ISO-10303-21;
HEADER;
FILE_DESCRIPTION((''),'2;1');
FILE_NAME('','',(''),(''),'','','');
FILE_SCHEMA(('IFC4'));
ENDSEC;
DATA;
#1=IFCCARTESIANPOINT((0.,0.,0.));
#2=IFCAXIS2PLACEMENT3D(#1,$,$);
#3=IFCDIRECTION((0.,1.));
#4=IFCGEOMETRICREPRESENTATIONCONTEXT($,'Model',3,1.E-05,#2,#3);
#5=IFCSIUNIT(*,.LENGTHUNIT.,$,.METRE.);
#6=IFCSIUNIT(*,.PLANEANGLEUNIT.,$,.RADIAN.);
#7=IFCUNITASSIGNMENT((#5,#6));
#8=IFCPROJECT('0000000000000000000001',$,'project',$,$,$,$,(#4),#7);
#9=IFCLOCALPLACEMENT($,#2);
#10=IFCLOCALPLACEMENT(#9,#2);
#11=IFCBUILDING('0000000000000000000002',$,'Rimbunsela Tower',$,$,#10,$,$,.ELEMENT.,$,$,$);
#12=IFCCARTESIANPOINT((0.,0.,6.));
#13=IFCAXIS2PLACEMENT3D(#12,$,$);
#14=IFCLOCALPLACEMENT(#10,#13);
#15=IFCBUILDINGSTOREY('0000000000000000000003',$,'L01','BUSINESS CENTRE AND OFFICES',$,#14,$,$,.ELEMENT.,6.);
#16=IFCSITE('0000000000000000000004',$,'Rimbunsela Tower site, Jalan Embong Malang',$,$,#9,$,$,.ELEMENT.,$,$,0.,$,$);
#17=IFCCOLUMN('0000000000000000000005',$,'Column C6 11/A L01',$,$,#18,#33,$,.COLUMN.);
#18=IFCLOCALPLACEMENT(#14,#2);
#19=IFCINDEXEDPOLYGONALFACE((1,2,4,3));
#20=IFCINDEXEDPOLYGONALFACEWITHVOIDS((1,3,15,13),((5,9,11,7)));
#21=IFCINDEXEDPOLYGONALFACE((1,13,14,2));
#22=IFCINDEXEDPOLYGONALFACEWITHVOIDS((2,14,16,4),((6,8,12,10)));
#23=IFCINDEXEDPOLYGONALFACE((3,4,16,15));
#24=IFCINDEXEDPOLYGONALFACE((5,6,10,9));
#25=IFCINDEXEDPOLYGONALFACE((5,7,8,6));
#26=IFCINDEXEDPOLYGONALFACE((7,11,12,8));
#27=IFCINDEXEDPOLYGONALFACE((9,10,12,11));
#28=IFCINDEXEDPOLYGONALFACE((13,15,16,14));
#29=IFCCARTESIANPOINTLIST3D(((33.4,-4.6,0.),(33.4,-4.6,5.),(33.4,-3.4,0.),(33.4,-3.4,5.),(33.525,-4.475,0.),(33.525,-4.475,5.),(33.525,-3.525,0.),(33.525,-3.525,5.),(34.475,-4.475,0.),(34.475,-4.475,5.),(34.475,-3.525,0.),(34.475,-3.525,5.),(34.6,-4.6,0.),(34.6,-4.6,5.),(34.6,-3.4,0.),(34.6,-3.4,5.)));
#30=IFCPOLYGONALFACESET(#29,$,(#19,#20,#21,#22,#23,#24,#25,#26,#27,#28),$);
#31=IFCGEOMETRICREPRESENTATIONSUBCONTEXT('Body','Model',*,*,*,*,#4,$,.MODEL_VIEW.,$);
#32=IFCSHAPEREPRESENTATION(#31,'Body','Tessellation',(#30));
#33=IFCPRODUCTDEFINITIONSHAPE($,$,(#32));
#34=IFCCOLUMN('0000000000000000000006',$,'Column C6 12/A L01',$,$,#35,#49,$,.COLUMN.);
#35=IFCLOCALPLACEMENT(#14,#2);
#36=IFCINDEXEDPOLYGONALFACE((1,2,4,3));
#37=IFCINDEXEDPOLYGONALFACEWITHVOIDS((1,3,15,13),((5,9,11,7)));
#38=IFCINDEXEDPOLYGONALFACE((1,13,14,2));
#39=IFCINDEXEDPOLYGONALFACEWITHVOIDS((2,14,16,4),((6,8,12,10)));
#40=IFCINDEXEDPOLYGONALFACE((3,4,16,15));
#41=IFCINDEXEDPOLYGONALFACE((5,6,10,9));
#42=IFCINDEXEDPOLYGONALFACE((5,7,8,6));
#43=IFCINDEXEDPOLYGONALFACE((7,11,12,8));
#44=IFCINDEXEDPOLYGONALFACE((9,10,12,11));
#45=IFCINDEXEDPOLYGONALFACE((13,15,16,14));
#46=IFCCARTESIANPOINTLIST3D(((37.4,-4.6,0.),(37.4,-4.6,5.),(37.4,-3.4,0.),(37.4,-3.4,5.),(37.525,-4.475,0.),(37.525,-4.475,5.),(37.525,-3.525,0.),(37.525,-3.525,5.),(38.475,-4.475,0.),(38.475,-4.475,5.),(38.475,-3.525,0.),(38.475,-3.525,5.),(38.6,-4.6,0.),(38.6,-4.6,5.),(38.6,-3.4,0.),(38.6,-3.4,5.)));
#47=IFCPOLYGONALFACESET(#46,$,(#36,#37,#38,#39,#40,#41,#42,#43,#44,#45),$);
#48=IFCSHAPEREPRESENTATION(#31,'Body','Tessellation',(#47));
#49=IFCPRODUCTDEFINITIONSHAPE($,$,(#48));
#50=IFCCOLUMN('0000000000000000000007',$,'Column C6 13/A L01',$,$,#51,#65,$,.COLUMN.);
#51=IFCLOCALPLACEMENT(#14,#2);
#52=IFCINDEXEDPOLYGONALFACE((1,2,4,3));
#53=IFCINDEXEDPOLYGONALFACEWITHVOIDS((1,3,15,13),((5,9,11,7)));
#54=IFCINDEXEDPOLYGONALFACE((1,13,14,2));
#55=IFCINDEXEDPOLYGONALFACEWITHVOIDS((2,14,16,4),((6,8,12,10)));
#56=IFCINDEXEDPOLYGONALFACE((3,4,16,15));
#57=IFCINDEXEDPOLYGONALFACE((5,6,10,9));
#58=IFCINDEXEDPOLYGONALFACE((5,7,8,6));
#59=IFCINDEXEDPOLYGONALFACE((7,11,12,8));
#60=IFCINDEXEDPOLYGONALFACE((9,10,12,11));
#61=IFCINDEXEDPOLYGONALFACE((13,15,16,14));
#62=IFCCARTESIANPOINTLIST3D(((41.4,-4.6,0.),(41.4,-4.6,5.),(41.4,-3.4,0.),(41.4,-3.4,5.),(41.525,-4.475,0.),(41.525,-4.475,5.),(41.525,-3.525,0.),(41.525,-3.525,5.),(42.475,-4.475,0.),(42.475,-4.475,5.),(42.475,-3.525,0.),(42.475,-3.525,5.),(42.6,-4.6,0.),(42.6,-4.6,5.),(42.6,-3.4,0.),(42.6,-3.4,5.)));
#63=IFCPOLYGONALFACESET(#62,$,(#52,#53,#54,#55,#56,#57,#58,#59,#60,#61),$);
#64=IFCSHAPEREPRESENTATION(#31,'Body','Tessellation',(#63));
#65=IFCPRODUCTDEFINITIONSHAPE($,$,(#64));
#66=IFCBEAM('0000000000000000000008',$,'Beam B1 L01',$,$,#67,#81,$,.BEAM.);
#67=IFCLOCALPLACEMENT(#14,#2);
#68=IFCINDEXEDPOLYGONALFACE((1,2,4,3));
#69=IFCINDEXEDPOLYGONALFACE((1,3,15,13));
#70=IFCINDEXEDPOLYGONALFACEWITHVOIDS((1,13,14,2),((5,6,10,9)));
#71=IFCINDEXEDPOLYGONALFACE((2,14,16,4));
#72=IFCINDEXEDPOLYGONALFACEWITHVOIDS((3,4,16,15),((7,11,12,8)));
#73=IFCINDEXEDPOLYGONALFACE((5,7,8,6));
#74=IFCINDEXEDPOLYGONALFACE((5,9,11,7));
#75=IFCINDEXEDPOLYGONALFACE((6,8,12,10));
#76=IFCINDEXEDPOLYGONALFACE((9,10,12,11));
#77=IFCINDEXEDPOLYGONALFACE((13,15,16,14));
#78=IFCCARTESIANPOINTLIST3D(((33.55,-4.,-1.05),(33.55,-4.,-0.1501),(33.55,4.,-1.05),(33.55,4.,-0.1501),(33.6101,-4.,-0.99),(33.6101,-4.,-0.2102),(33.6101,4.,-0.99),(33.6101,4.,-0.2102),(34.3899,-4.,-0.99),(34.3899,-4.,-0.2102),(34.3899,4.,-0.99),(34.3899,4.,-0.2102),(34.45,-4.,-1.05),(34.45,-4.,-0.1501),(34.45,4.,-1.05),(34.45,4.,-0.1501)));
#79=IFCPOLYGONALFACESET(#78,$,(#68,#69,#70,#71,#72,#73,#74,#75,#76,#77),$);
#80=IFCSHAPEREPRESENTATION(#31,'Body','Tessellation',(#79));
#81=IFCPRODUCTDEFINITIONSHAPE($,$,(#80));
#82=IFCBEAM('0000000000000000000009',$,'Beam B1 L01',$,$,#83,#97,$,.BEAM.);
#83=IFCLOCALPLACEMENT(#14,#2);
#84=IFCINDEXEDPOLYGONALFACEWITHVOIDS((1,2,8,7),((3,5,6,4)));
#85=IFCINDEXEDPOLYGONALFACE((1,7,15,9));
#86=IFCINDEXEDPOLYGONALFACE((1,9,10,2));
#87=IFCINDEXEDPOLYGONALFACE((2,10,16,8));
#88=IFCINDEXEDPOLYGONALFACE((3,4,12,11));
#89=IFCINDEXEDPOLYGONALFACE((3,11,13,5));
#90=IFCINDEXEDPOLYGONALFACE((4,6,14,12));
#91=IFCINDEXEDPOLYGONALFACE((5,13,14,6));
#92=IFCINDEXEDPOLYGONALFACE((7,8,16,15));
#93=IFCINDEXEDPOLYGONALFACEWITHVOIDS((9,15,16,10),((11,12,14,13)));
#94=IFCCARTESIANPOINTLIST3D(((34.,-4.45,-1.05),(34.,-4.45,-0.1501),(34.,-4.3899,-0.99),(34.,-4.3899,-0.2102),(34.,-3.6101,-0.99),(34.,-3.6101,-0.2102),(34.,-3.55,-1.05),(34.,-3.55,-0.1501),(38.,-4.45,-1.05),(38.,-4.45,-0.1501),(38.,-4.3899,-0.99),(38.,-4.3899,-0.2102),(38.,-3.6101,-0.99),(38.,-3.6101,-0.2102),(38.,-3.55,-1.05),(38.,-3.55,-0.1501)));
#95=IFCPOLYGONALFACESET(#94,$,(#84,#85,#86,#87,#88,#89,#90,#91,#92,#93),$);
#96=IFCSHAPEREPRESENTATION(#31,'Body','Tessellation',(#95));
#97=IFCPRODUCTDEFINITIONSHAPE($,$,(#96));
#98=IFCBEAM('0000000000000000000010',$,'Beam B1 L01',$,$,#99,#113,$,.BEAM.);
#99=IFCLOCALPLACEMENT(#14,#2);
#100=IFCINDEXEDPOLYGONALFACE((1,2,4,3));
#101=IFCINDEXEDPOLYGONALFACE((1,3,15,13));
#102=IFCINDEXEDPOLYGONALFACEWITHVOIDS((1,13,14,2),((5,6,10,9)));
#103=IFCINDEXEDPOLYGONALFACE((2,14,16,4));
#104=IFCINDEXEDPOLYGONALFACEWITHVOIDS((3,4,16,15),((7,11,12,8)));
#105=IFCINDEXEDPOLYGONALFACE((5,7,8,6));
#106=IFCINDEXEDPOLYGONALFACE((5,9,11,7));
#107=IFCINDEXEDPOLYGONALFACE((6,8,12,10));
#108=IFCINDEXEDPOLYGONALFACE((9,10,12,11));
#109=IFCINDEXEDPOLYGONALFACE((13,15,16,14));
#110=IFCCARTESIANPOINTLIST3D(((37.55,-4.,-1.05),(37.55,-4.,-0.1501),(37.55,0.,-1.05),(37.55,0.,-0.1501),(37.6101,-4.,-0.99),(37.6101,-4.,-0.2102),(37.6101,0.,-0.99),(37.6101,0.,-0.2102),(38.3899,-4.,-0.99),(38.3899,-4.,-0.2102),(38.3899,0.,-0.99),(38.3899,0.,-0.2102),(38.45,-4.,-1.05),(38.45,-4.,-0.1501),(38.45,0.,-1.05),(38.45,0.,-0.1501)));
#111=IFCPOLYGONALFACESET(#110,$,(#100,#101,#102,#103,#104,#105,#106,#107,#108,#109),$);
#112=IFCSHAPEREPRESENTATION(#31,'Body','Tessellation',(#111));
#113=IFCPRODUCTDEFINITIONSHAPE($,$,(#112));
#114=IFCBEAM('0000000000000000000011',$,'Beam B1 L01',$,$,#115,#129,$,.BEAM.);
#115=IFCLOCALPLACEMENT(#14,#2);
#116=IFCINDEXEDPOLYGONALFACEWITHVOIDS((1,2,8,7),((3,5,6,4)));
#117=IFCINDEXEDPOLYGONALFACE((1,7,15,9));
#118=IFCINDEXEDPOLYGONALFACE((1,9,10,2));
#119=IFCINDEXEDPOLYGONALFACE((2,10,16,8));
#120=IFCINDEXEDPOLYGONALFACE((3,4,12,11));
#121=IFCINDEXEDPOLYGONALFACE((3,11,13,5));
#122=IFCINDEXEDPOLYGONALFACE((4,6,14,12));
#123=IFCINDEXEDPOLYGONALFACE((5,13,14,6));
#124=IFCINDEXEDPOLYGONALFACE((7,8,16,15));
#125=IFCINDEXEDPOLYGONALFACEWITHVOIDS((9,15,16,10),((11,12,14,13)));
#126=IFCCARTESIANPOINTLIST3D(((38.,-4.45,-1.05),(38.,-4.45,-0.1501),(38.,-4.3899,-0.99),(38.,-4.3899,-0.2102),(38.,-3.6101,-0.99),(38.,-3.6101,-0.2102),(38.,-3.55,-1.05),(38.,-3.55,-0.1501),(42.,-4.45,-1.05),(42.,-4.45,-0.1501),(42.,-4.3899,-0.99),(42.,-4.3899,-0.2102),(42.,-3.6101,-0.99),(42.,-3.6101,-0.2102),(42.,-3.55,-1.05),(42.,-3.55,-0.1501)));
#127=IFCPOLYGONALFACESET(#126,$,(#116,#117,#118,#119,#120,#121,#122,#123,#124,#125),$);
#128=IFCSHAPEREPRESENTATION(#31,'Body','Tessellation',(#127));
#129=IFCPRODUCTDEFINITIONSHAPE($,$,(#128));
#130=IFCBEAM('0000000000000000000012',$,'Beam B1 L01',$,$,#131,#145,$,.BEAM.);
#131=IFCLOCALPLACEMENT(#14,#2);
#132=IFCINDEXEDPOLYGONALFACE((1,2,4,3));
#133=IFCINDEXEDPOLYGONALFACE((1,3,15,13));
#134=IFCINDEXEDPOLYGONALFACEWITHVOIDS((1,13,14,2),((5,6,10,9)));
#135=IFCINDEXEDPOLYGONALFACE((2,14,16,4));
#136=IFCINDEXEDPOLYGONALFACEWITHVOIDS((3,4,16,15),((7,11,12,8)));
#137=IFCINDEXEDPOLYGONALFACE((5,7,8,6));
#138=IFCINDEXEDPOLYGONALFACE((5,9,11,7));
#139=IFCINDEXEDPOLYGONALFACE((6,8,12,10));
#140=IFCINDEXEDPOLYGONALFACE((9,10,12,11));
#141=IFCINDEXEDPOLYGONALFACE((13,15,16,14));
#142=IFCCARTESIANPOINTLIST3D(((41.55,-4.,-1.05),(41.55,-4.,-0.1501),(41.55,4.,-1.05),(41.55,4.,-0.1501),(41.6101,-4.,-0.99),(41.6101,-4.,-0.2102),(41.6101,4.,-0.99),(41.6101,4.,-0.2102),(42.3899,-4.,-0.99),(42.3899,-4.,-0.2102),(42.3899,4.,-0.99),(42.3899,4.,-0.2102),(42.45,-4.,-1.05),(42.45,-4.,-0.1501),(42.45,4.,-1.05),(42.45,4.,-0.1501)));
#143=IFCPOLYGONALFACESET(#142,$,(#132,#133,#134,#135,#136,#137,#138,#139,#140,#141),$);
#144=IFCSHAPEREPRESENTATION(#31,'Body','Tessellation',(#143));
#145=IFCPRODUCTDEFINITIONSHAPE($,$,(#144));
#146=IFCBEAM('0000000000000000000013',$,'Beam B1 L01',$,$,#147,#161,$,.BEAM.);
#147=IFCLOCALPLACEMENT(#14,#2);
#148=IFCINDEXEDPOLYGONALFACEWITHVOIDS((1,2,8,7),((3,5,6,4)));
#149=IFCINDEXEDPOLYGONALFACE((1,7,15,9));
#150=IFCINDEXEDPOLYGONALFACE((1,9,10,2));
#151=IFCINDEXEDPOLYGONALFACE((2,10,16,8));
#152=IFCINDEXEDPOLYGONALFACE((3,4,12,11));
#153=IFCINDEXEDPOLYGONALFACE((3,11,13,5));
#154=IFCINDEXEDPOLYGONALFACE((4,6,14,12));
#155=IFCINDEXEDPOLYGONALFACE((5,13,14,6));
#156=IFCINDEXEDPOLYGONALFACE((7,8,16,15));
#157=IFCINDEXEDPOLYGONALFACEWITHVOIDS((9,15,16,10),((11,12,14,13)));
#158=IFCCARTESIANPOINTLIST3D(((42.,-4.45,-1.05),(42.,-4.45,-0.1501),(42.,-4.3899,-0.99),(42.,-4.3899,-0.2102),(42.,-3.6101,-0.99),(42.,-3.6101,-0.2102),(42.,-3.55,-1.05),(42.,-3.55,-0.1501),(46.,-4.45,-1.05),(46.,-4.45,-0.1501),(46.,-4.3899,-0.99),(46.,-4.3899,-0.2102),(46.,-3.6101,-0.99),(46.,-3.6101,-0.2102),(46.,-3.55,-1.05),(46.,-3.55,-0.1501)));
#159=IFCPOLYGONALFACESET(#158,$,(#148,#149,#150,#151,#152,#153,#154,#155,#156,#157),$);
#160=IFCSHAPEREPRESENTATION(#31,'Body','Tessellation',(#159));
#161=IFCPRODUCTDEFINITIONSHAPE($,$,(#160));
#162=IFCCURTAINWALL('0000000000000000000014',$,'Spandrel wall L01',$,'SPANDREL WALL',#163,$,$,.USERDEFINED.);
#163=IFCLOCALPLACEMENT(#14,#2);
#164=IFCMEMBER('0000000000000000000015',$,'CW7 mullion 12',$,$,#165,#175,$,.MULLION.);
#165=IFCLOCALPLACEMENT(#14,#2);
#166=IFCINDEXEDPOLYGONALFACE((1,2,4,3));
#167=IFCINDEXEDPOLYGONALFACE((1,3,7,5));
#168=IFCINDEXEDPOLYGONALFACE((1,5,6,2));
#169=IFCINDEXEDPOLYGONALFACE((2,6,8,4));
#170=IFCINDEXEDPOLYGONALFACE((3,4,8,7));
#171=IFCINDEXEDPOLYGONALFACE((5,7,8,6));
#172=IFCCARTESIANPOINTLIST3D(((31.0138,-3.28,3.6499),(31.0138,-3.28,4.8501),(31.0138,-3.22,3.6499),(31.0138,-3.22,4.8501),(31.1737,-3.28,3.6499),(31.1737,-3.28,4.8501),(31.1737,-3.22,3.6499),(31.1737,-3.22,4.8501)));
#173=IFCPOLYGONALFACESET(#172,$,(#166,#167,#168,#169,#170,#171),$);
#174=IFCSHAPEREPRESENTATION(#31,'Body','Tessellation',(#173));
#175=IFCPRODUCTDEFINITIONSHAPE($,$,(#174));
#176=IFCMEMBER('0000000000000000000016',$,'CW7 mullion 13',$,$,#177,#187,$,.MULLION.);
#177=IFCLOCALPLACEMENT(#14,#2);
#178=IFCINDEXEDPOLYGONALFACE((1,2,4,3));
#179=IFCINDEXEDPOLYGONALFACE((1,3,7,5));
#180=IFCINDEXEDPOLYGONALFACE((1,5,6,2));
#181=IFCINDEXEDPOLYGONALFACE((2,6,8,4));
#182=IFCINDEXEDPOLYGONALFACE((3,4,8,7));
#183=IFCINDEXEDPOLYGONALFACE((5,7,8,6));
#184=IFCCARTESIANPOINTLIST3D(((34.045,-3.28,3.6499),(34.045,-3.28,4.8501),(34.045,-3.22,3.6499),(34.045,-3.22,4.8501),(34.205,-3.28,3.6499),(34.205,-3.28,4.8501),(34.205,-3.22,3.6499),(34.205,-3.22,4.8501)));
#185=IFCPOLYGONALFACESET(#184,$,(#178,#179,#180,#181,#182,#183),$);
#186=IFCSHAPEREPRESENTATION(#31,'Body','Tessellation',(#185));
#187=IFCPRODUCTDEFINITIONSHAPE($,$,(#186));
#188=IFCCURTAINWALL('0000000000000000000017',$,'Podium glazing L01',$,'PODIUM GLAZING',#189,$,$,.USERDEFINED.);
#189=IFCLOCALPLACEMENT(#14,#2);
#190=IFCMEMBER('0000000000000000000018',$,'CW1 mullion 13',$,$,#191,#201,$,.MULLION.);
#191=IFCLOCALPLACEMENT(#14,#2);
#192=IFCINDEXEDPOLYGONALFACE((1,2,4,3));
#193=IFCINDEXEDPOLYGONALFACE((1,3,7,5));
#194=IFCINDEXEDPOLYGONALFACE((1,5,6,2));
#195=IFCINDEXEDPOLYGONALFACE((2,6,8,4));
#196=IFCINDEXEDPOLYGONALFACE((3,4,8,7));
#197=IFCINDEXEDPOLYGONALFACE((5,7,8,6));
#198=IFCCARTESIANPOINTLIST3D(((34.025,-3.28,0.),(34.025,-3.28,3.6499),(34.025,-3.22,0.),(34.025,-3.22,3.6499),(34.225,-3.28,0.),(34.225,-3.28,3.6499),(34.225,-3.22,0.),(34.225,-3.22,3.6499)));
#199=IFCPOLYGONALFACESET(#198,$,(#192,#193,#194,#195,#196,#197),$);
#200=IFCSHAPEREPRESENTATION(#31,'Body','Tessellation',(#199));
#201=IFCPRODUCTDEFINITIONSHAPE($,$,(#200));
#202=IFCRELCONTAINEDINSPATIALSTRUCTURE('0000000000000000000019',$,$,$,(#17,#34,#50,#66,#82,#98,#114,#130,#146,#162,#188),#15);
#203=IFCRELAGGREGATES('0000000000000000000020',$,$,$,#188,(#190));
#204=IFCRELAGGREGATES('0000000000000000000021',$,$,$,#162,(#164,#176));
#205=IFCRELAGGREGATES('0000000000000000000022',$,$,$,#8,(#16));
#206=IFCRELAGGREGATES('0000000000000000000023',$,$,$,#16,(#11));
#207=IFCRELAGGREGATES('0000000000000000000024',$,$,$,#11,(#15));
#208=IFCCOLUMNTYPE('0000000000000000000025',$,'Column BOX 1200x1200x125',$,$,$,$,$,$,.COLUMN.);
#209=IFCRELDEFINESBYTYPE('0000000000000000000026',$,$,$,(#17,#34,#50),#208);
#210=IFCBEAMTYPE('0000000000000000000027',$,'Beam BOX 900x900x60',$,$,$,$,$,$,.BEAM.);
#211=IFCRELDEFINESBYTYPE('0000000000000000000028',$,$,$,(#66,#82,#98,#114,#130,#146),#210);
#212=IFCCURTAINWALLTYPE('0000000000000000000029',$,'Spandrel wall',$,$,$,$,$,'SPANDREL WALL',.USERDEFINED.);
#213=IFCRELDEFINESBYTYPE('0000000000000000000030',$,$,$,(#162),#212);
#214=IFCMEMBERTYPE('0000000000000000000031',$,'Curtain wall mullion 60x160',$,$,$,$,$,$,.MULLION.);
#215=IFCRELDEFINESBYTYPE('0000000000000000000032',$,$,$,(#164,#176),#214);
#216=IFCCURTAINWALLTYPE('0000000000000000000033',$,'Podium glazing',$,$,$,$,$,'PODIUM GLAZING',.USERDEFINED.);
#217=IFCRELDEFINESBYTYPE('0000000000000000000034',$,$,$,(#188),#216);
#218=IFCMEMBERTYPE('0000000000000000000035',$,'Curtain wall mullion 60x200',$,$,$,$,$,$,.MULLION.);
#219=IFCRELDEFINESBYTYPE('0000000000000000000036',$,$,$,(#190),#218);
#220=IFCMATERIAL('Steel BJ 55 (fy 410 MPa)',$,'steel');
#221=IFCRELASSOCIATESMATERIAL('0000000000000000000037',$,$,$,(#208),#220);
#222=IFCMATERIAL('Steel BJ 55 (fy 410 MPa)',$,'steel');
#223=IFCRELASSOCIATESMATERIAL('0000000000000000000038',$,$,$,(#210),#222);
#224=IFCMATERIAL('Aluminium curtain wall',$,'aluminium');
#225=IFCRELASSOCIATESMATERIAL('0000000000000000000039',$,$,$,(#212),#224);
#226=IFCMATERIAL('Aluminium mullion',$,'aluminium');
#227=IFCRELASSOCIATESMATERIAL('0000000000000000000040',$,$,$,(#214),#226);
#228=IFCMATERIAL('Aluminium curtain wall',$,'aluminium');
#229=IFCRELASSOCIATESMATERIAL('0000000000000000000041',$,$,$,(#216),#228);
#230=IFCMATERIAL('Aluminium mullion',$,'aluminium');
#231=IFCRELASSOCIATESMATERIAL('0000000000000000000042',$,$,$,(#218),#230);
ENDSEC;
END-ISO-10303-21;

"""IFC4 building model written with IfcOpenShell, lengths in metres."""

from ifc_helpers import new_model, si_unit, direction, frame, origin, origin_2d, place, context, subcontext, project, spatial, rectangle, hollow_rectangle, extrude, material, material_profile, profile_set, type_object, element, aggregate, save


model = new_model("IFC4")

# Units and contexts
model_context = context("Model", 3, precision=1e-05, world=origin(), true_north=direction((0.0, 1.0)))
body_context = subcontext(model_context, "Body", "Model", "MODEL_VIEW")
ifc_project = project(units=[si_unit("LENGTHUNIT", "METRE"), si_unit("PLANEANGLEUNIT", "RADIAN")], contexts=[model_context])

# Site, building, storey
site_placement = place(None, origin())
site = spatial("IfcSite", under=ifc_project, at=site_placement, Name="Rimbunsela Tower site, Jalan Embong Malang", CompositionType="ELEMENT", RefElevation=0.0)
building_placement = place(site_placement, origin())
building = spatial("IfcBuilding", under=site, at=building_placement, Name="Rimbunsela Tower", CompositionType="ELEMENT")
storey_placement = place(building_placement, frame((0.0, 0.0, 6.0)))
storey = spatial("IfcBuildingStorey", under=building, at=storey_placement, Name="L01", Description="BUSINESS CENTRE AND OFFICES", CompositionType="ELEMENT", Elevation=6.0)

# Columns
ifc_material_1 = material(Name="Steel BJ 55 (fy 410 MPa)", Category="steel")
ifc_material_profile_1 = material_profile(ifc_material_1, hollow_rectangle(XDim=1.2, YDim=1.2, WallThickness=0.125, at=origin_2d()), Name="BOX 1200x1200x125")
ifc_profile_set_1 = profile_set([ifc_material_profile_1], Name="Steel BJ 55 (fy 410 MPa)")
column_type = type_object("IfcColumnType", Name="Column BOX 1200x1200x125", PredefinedType="COLUMN", material=ifc_profile_set_1)
for number, where, z_axis, x_axis, name in (
    (1, (34.0, -4.0, 0.0), (0.0, 0.0, 1.0), (1.0, 0.0, 0.0), "Column C6 11/A L01"),
    (2, (38.0, -4.0, 0.0), (0.0, 0.0, 1.0), (1.0, 0.0, 0.0), "Column C6 12/A L01"),
    (3, (42.0, -4.0, 0.0), (0.0, 0.0, 1.0), (1.0, 0.0, 0.0), "Column C6 13/A L01"),
):
    element("IfcColumn", number, at=place(storey_placement, frame(where, z_axis=z_axis, x_axis=x_axis)), inside=storey, type_object=column_type, Name=name, PredefinedType="COLUMN", context=body_context, shape_type="SweptSolid", body=[
        extrude(hollow_rectangle(XDim=1.2, YDim=1.2, WallThickness=0.125, at=origin_2d()), origin(), (0.0, 0.0, 1.0), 5.0),
    ])

# Beams
ifc_material_2 = material(Name="Steel BJ 55 (fy 410 MPa)", Category="steel")
ifc_material_profile_2 = material_profile(ifc_material_2, hollow_rectangle(XDim=0.8999, YDim=0.8999, WallThickness=0.0601, at=origin_2d()), Name="BOX 900x900x60")
ifc_profile_set_2 = profile_set([ifc_material_profile_2], Name="Steel BJ 55 (fy 410 MPa)")
beam_type = type_object("IfcBeamType", Name="Beam BOX 900x900x60", PredefinedType="BEAM", material=ifc_profile_set_2)
beam_1_placement = place(storey_placement, frame((34.0, -4.0, -0.6001), z_axis=(0.0, 1.0, 0.0), x_axis=(-1.0, 0.0, 0.0)))
element("IfcBeam", 4, at=beam_1_placement, inside=storey, type_object=beam_type, Name="Beam B1 L01", PredefinedType="BEAM", context=body_context, shape_type="SweptSolid", body=[
    extrude(hollow_rectangle(XDim=0.8999, YDim=0.8999, WallThickness=0.0601, at=origin_2d()), origin(), (0.0, 0.0, 1.0), 8.0),
])
for number, where, z_axis, x_axis, name in (
    (5, (34.0, -4.0, -0.6001), (1.0, 0.0, 0.0), (0.0, 1.0, 0.0), "Beam B1 L01"),
    (6, (38.0, -4.0, -0.6001), (0.0, 1.0, 0.0), (-1.0, 0.0, 0.0), "Beam B1 L01"),
    (7, (38.0, -4.0, -0.6001), (1.0, 0.0, 0.0), (0.0, 1.0, 0.0), "Beam B1 L01"),
):
    element("IfcBeam", number, at=place(storey_placement, frame(where, z_axis=z_axis, x_axis=x_axis)), inside=storey, type_object=beam_type, Name=name, PredefinedType="BEAM", context=body_context, shape_type="SweptSolid", body=[
        extrude(hollow_rectangle(XDim=0.8999, YDim=0.8999, WallThickness=0.0601, at=origin_2d()), origin(), (0.0, 0.0, 1.0), 4.0),
    ])
beam_2_placement = place(storey_placement, frame((42.0, -4.0, -0.6001), z_axis=(0.0, 1.0, 0.0), x_axis=(-1.0, 0.0, 0.0)))
element("IfcBeam", 8, at=beam_2_placement, inside=storey, type_object=beam_type, Name="Beam B1 L01", PredefinedType="BEAM", context=body_context, shape_type="SweptSolid", body=[
    extrude(hollow_rectangle(XDim=0.8999, YDim=0.8999, WallThickness=0.0601, at=origin_2d()), origin(), (0.0, 0.0, 1.0), 8.0),
])
beam_3_placement = place(storey_placement, frame((42.0, -4.0, -0.6001), z_axis=(1.0, 0.0, 0.0), x_axis=(0.0, 1.0, 0.0)))
element("IfcBeam", 9, at=beam_3_placement, inside=storey, type_object=beam_type, Name="Beam B1 L01", PredefinedType="BEAM", context=body_context, shape_type="SweptSolid", body=[
    extrude(hollow_rectangle(XDim=0.8999, YDim=0.8999, WallThickness=0.0601, at=origin_2d()), origin(), (0.0, 0.0, 1.0), 4.0),
])

# Curtain walls, members
ifc_material_3 = material(Name="Aluminium curtain wall", Category="aluminium")
curtain_wall_type_1 = type_object("IfcCurtainWallType", Name="Spandrel wall", ElementType="SPANDREL WALL", PredefinedType="USERDEFINED", material=ifc_material_3)
curtain_wall_1_placement = place(storey_placement, origin())
curtain_wall_1 = element("IfcCurtainWall", 10, at=curtain_wall_1_placement, inside=storey, type_object=curtain_wall_type_1, Name="Spandrel wall L01", ObjectType="SPANDREL WALL", PredefinedType="USERDEFINED")
ifc_material_4 = material(Name="Aluminium mullion", Category="aluminium")
ifc_material_profile_3 = material_profile(ifc_material_4, rectangle(XDim=0.0601, YDim=0.1599, at=origin_2d()), Name="Mullion 60x160")
ifc_profile_set_3 = profile_set([ifc_material_profile_3], Name="Aluminium mullion")
member_type_1 = type_object("IfcMemberType", Name="Curtain wall mullion 60x160", PredefinedType="MULLION", material=ifc_profile_set_3)
member_1_placement = place(storey_placement, frame((31.0938, -3.25, 3.6499), z_axis=(0.0, 0.0, 1.0), x_axis=(0.0, 1.0, 0.0)))
member_1 = element("IfcMember", 11, at=member_1_placement, type_object=member_type_1, Name="CW7 mullion 12", PredefinedType="MULLION", context=body_context, shape_type="SweptSolid", body=[
    extrude(rectangle(XDim=0.0601, YDim=0.1599, at=origin_2d()), origin(), (0.0, 0.0, 1.0), 1.2002),
])
member_2_placement = place(storey_placement, frame((34.125, -3.25, 3.6499), z_axis=(0.0, 0.0, 1.0), x_axis=(0.0, 1.0, 0.0)))
member_2 = element("IfcMember", 12, at=member_2_placement, type_object=member_type_1, Name="CW7 mullion 13", PredefinedType="MULLION", context=body_context, shape_type="SweptSolid", body=[
    extrude(rectangle(XDim=0.0601, YDim=0.1599, at=origin_2d()), origin(), (0.0, 0.0, 1.0), 1.2002),
])
ifc_material_5 = material(Name="Aluminium curtain wall", Category="aluminium")
curtain_wall_type_2 = type_object("IfcCurtainWallType", Name="Podium glazing", ElementType="PODIUM GLAZING", PredefinedType="USERDEFINED", material=ifc_material_5)
curtain_wall_2_placement = place(storey_placement, origin())
curtain_wall_2 = element("IfcCurtainWall", 13, at=curtain_wall_2_placement, inside=storey, type_object=curtain_wall_type_2, Name="Podium glazing L01", ObjectType="PODIUM GLAZING", PredefinedType="USERDEFINED")
ifc_material_6 = material(Name="Aluminium mullion", Category="aluminium")
ifc_material_profile_4 = material_profile(ifc_material_6, rectangle(XDim=0.0601, YDim=0.2, at=origin_2d()), Name="Mullion 60x200")
ifc_profile_set_4 = profile_set([ifc_material_profile_4], Name="Aluminium mullion")
member_type_2 = type_object("IfcMemberType", Name="Curtain wall mullion 60x200", PredefinedType="MULLION", material=ifc_profile_set_4)
member_3_placement = place(storey_placement, frame((34.125, -3.25, 0.0), z_axis=(0.0, 0.0, 1.0), x_axis=(0.0, 1.0, 0.0)))
member_3 = element("IfcMember", 14, at=member_3_placement, type_object=member_type_2, Name="CW1 mullion 13", PredefinedType="MULLION", context=body_context, shape_type="SweptSolid", body=[
    extrude(rectangle(XDim=0.0601, YDim=0.2, at=origin_2d()), origin(), (0.0, 0.0, 1.0), 3.6499),
])

aggregate(curtain_wall_2, [member_3])
aggregate(curtain_wall_1, [member_1, member_2])

save(model, "model.ifc")
